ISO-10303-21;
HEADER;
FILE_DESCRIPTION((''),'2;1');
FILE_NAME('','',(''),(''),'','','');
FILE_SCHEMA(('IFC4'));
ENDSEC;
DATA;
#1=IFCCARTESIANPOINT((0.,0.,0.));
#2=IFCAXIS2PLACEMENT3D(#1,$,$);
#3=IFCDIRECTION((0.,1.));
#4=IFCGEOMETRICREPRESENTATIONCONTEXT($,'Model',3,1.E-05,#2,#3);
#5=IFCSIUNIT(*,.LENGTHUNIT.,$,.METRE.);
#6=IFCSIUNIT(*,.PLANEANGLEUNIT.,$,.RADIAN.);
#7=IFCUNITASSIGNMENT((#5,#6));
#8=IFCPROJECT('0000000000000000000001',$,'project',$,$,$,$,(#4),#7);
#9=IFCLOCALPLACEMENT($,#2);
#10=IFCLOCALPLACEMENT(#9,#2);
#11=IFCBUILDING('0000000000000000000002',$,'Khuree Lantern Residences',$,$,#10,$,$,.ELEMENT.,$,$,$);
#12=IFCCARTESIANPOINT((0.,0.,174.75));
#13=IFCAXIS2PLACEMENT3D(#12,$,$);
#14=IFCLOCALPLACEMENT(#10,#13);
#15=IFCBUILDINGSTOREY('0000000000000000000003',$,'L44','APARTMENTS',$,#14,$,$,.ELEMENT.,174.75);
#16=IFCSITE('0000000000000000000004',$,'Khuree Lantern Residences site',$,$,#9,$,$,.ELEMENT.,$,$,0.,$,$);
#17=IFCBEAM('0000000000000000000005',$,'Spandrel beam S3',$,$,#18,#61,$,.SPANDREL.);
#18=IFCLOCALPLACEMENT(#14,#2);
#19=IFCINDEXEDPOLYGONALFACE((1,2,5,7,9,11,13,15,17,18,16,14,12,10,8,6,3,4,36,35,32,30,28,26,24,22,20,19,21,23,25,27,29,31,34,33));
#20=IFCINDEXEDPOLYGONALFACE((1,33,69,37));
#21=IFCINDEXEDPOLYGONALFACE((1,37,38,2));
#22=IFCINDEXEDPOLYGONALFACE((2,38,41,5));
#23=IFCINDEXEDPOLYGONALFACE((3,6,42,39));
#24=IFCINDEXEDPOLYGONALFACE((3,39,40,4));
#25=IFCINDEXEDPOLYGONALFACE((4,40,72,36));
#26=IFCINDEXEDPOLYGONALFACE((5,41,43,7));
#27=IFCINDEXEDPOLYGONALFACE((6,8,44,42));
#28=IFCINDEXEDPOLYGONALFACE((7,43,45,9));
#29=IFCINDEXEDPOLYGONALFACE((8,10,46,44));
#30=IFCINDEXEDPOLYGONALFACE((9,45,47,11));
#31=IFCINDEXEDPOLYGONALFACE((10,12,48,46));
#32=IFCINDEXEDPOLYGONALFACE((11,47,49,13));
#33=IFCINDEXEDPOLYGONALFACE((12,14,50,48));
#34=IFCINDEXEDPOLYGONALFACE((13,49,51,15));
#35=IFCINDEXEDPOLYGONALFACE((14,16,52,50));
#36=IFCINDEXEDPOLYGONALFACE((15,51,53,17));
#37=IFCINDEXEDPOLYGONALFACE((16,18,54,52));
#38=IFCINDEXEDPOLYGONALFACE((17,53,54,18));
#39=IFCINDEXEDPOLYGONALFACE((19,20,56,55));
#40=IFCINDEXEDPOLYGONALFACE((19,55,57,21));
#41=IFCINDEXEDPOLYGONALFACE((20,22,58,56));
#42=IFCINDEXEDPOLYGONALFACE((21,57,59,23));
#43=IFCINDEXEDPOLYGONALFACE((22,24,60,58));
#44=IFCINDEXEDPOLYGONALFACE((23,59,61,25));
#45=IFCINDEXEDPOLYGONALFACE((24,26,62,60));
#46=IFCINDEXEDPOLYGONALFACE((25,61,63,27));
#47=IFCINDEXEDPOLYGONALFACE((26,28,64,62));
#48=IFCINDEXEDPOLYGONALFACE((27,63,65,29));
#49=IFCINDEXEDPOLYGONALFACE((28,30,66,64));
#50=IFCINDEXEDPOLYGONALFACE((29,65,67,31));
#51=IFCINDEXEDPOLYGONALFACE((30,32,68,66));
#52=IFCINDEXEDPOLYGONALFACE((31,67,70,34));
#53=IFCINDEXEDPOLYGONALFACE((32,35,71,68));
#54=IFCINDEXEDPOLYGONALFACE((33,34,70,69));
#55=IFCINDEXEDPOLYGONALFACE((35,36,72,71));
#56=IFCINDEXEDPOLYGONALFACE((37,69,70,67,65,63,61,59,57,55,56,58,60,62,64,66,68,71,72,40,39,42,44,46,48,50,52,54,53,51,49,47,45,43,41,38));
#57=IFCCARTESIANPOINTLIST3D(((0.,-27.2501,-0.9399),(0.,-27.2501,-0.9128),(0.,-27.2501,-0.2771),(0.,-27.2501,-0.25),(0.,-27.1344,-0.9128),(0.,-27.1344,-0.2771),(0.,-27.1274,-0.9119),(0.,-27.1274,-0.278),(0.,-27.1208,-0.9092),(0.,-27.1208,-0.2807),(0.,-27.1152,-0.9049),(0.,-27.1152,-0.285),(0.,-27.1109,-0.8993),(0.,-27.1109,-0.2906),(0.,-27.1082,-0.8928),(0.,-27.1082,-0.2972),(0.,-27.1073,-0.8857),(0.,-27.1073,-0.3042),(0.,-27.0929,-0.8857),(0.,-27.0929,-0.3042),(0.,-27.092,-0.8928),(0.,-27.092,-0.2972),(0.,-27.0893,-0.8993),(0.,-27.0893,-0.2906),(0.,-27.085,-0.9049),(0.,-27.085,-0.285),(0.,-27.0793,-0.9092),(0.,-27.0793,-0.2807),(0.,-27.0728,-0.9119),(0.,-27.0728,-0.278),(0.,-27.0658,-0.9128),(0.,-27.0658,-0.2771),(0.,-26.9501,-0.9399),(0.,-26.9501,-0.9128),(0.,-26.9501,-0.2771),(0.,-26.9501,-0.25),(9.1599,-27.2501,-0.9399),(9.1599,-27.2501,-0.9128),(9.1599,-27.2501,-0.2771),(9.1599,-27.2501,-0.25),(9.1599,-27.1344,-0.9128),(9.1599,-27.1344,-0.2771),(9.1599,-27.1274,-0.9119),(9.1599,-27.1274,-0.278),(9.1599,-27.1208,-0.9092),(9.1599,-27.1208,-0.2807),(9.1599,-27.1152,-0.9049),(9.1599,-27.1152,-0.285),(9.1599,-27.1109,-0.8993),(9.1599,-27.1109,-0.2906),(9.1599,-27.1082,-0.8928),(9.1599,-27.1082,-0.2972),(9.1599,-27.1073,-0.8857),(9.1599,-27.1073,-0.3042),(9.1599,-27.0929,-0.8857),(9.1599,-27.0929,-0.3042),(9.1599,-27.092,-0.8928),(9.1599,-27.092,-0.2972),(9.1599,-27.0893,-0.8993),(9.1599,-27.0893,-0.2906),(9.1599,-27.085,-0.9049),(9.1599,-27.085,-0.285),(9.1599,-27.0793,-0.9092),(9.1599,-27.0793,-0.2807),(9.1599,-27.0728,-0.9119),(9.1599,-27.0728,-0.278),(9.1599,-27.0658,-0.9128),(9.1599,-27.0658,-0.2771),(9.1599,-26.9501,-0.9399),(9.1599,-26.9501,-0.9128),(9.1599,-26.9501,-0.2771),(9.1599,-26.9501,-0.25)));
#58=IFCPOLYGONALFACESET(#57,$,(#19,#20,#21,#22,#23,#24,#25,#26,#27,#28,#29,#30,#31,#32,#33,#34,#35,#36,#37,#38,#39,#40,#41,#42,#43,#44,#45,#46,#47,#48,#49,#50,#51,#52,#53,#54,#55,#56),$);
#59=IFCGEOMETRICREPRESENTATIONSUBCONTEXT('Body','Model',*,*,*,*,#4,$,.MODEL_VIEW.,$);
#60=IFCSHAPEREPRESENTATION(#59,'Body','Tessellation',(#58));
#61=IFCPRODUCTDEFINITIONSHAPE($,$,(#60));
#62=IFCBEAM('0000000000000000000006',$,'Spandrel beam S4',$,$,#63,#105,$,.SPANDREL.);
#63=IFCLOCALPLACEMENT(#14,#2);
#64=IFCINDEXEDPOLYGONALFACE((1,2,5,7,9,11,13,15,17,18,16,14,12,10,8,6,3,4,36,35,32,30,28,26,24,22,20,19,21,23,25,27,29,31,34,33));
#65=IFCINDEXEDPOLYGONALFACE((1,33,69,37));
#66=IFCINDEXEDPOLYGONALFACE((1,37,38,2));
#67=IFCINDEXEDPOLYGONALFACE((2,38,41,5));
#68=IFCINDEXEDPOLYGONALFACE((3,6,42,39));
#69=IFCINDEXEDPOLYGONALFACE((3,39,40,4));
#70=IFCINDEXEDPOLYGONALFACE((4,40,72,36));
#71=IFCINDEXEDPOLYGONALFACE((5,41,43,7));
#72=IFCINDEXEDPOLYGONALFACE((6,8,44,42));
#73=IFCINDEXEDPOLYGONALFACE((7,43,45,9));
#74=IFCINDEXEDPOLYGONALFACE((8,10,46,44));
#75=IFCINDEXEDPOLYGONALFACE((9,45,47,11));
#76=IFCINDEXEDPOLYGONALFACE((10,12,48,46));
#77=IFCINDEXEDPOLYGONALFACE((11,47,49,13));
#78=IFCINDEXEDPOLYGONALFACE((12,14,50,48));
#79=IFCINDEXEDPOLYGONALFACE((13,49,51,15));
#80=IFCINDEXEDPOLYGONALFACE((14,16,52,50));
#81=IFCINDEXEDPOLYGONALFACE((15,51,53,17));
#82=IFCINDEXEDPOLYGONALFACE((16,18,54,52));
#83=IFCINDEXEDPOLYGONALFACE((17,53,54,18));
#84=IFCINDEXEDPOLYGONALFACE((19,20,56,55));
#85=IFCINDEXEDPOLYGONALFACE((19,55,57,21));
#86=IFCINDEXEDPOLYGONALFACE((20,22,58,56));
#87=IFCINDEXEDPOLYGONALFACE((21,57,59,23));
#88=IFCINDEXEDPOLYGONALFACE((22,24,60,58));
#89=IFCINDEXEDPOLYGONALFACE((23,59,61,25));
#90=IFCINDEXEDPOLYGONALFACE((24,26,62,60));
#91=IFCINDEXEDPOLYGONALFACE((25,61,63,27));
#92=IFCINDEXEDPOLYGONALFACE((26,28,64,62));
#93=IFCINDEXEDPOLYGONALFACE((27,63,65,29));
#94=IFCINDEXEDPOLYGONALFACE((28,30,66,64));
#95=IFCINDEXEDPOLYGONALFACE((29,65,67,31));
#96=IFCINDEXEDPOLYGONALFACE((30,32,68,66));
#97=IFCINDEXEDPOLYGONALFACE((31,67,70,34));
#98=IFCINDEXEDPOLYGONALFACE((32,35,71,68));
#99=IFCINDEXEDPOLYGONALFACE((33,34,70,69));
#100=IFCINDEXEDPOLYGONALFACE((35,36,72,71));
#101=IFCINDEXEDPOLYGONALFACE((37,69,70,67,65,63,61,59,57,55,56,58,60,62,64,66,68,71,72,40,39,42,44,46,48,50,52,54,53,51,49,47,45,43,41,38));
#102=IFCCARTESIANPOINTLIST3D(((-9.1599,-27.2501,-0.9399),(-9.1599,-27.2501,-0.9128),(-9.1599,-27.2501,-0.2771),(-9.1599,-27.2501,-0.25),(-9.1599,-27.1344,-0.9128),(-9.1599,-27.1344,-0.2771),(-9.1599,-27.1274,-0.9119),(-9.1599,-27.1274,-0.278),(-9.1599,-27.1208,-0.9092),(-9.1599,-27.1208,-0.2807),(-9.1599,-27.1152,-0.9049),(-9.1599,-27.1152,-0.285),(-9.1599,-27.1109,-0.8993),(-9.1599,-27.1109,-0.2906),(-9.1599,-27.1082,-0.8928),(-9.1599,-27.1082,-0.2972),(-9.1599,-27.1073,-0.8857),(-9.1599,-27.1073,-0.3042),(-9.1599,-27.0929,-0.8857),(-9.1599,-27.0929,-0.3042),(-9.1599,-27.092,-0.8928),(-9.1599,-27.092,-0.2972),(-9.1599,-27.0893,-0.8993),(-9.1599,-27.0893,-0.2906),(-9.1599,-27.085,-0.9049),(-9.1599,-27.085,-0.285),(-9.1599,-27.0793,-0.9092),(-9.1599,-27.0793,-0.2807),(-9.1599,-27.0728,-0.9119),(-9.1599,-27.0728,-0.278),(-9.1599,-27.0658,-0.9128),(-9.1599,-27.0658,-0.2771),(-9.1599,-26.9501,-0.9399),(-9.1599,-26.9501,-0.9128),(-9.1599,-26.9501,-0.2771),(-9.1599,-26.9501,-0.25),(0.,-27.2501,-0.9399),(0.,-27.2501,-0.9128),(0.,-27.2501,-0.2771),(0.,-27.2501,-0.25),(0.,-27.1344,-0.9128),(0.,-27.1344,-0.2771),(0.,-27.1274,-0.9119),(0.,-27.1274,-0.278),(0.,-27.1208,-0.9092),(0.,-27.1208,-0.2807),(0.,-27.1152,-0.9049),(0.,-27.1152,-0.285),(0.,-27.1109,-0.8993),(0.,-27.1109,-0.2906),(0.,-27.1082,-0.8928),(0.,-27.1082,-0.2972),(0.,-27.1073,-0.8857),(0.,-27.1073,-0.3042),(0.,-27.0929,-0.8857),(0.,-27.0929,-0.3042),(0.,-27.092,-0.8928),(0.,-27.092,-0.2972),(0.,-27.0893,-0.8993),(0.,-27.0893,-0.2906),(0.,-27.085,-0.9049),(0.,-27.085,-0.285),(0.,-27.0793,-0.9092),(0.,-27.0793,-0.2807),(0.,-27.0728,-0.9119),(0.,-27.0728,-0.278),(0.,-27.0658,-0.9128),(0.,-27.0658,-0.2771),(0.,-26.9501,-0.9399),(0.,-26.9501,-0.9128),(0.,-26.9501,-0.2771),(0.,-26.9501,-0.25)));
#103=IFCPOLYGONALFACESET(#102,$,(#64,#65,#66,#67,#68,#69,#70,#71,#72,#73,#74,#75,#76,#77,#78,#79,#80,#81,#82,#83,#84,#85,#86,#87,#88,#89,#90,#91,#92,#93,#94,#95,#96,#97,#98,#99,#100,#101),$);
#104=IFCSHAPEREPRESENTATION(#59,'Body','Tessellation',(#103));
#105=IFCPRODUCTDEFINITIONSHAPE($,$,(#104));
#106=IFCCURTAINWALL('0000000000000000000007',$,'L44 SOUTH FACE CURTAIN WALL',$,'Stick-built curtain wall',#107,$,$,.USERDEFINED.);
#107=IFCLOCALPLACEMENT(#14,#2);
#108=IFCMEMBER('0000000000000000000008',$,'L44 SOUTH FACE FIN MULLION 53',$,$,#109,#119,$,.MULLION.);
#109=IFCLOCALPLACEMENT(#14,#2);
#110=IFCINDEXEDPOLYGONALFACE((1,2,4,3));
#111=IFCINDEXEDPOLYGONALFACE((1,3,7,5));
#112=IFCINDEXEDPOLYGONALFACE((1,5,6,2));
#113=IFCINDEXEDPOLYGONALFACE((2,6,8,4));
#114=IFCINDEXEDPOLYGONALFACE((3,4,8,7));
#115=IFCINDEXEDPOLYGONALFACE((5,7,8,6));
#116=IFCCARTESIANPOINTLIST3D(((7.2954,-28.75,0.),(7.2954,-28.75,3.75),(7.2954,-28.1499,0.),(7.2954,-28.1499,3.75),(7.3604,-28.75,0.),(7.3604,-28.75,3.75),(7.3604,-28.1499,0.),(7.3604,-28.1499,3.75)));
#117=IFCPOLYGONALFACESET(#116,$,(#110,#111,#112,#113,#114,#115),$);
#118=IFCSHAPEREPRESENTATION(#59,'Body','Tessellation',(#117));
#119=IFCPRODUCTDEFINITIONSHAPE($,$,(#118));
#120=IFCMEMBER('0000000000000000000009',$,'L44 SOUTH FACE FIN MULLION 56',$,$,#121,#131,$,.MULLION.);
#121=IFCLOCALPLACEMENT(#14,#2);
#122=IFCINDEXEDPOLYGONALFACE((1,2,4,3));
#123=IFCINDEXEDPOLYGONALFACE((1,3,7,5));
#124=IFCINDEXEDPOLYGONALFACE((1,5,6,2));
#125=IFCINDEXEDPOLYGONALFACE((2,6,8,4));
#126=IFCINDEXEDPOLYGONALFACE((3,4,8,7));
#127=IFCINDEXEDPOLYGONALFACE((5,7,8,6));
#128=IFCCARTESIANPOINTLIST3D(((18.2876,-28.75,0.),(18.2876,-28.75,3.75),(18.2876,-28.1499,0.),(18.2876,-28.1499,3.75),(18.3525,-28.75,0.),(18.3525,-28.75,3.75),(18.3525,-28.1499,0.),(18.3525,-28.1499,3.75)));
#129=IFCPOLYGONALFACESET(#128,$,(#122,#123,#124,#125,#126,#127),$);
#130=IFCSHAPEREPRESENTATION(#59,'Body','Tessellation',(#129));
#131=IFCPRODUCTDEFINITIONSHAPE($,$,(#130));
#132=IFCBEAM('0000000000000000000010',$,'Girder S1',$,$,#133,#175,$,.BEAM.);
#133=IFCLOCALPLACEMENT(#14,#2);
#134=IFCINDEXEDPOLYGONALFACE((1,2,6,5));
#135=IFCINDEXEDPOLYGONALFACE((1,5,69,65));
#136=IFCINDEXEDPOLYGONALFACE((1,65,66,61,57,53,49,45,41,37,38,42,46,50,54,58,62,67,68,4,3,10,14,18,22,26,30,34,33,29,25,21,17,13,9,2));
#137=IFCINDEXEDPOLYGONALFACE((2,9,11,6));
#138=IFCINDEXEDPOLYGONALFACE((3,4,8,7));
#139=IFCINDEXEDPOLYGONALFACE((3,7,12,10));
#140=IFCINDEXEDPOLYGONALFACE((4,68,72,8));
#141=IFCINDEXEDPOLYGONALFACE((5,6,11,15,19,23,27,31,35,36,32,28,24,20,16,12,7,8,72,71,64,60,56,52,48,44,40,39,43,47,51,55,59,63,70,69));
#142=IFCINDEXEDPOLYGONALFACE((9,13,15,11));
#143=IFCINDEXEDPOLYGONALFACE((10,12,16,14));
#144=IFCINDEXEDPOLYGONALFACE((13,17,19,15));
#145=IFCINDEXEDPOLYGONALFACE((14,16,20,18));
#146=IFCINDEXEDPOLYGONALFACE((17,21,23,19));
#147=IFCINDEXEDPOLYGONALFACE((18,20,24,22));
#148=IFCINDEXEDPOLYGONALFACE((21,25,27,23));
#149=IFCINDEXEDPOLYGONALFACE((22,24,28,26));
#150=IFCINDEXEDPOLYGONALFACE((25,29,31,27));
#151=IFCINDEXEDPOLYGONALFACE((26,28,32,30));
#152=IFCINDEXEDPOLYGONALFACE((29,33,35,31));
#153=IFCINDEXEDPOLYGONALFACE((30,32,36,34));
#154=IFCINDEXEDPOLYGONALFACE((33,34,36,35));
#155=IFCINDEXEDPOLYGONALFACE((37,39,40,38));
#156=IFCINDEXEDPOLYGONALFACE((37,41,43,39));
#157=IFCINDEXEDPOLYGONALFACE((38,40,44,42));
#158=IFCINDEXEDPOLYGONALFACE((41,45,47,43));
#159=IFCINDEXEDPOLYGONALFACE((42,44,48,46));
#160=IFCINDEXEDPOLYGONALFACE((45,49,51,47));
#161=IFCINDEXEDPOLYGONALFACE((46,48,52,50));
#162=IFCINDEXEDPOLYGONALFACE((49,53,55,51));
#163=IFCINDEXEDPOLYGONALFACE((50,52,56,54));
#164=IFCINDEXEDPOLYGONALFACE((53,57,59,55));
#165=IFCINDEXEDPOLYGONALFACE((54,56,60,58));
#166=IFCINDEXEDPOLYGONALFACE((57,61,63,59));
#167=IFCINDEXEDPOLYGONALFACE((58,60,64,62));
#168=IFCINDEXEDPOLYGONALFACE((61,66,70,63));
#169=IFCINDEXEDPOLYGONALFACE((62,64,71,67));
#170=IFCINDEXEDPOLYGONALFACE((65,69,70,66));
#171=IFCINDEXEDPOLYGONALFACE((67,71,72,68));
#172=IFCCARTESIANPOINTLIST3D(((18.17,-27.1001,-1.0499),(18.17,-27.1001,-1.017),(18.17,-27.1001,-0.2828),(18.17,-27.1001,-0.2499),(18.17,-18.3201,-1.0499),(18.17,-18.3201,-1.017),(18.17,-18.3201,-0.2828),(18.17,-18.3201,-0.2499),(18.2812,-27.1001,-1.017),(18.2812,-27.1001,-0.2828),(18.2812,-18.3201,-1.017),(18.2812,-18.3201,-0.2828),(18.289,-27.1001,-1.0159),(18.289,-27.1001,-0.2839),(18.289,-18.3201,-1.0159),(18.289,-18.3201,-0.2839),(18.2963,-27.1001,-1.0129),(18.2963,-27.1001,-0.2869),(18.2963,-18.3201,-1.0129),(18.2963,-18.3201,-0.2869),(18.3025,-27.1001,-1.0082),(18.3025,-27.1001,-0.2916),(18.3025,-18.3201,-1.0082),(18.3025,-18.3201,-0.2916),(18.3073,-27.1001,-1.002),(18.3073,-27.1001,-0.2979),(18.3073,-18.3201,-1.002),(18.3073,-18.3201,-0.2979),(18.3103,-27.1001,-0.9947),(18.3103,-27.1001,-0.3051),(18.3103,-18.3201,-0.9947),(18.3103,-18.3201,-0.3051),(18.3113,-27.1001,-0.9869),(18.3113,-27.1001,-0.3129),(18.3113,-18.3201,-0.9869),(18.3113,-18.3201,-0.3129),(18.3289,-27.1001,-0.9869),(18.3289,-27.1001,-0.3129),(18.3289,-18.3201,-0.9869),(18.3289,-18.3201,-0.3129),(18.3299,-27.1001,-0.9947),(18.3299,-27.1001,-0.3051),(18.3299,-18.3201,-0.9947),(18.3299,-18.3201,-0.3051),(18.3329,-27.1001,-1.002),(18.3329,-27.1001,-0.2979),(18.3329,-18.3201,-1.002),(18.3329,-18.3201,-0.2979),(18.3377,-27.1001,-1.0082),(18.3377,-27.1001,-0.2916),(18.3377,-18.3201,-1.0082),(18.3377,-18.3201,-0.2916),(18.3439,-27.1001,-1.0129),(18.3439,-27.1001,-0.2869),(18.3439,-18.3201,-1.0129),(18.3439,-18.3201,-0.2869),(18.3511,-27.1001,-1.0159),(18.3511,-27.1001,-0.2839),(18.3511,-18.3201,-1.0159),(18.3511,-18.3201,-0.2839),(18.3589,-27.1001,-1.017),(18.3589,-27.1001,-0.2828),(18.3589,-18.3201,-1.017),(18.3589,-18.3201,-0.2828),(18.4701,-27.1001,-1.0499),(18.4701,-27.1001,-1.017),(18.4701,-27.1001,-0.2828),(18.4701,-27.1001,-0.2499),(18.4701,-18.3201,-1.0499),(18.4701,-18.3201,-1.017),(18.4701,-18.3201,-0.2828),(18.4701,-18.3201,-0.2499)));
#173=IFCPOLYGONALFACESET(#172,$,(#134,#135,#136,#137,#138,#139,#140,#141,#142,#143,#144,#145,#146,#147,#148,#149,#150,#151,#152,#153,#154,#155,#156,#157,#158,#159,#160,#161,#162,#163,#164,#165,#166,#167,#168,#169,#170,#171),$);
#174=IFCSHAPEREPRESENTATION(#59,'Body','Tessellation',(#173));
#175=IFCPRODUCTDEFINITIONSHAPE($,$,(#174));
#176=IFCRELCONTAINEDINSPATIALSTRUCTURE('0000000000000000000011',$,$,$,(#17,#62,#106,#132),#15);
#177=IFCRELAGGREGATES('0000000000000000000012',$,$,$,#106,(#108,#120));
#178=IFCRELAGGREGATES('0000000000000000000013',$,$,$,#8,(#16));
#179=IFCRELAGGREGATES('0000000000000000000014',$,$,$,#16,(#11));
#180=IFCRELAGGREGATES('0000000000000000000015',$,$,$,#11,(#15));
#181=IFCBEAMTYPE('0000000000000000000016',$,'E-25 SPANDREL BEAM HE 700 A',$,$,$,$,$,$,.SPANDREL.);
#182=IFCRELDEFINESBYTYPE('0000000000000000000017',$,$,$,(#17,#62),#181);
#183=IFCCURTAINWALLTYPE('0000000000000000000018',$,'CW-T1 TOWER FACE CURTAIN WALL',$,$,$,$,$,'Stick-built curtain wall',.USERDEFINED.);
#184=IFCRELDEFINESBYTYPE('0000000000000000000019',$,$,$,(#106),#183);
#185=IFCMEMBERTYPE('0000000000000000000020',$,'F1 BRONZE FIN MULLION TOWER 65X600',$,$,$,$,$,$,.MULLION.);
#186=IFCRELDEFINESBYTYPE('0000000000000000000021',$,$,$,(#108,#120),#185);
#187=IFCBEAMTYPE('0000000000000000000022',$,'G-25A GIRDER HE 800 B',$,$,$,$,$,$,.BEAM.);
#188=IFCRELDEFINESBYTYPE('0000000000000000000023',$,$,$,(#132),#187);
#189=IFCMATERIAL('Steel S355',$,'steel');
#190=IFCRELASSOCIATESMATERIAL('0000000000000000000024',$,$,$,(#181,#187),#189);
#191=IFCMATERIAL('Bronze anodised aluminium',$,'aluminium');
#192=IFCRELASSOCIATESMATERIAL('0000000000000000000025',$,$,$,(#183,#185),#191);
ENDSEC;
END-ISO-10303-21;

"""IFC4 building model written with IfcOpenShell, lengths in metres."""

from ifc_helpers import new_model, si_unit, direction, frame, origin, origin_2d, place, context, subcontext, project, spatial, rectangle, i_section, extrude, material, material_profile, profile_set, type_object, element, aggregate, save


model = new_model("IFC4")

# Units and contexts
model_context = context("Model", 3, precision=1e-05, world=origin(), true_north=direction((0.0, 1.0)))
body_context = subcontext(model_context, "Body", "Model", "MODEL_VIEW")
ifc_project = project(units=[si_unit("LENGTHUNIT", "METRE"), si_unit("PLANEANGLEUNIT", "RADIAN")], contexts=[model_context])

# Site, building, storey
site_placement = place(None, origin())
site = spatial("IfcSite", under=ifc_project, at=site_placement, Name="Khuree Lantern Residences site", CompositionType="ELEMENT", RefElevation=0.0)
building_placement = place(site_placement, origin())
building = spatial("IfcBuilding", under=site, at=building_placement, Name="Khuree Lantern Residences", CompositionType="ELEMENT")
storey_placement = place(building_placement, frame((0.0, 0.0, 174.75)))
storey = spatial("IfcBuildingStorey", under=building, at=storey_placement, Name="L44", Description="APARTMENTS", CompositionType="ELEMENT", Elevation=174.75)

# Beams
ifc_material_1 = material(Name="Steel S355", Category="steel")
ifc_material_profile_1 = material_profile(ifc_material_1, i_section(OverallWidth=0.3, OverallDepth=0.6899, WebThickness=0.0144, FlangeThickness=0.0271, FilletRadius=0.0271, at=origin_2d()), Name="HE 700 A")
ifc_profile_set_1 = profile_set([ifc_material_profile_1], Name="Steel S355")
beam_type_1 = type_object("IfcBeamType", Name="E-25 SPANDREL BEAM HE 700 A", PredefinedType="SPANDREL", material=ifc_profile_set_1)
for number, where, z_axis, x_axis, name in (
    (1, (9.1599, -27.1001, -0.595), (-1.0, 0.0, 0.0), (0.0, -1.0, 0.0), "Spandrel beam S3"),
    (2, (0.0, -27.1001, -0.595), (-1.0, 0.0, 0.0), (0.0, -1.0, 0.0), "Spandrel beam S4"),
):
    element("IfcBeam", number, at=place(storey_placement, frame(where, z_axis=z_axis, x_axis=x_axis)), inside=storey, type_object=beam_type_1, Name=name, PredefinedType="SPANDREL", context=body_context, shape_type="SweptSolid", body=[
        extrude(i_section(OverallWidth=0.3, OverallDepth=0.6899, WebThickness=0.0144, FlangeThickness=0.0271, FilletRadius=0.0271, at=origin_2d()), origin(), (0.0, 0.0, 1.0), 9.1599),
    ])

# Curtain wall, members
ifc_material_2 = material(Name="Bronze anodised aluminium", Category="aluminium")
curtain_wall_type = type_object("IfcCurtainWallType", Name="CW-T1 TOWER FACE CURTAIN WALL", ElementType="Stick-built curtain wall", PredefinedType="USERDEFINED", material=ifc_material_2)
curtain_wall_placement = place(storey_placement, origin())
curtain_wall = element("IfcCurtainWall", 3, at=curtain_wall_placement, inside=storey, type_object=curtain_wall_type, Name="L44 SOUTH FACE CURTAIN WALL", ObjectType="Stick-built curtain wall", PredefinedType="USERDEFINED")
ifc_material_profile_2 = material_profile(ifc_material_2, rectangle(XDim=0.0649, YDim=0.6001, at=origin_2d()), Name="F1 65X600")
ifc_profile_set_2 = profile_set([ifc_material_profile_2], Name="Bronze anodised aluminium")
member_type_1 = type_object("IfcMemberType", Name="F1 BRONZE FIN MULLION TOWER 65X600", PredefinedType="MULLION", material=ifc_profile_set_2)
member_1_placement = place(storey_placement, frame((7.3279, -28.45, 0.0), z_axis=(0.0, 0.0, 1.0), x_axis=(1.0, 0.0, 0.0)))
member_1 = element("IfcMember", 4, at=member_1_placement, type_object=member_type_1, Name="L44 SOUTH FACE FIN MULLION 53", PredefinedType="MULLION", context=body_context, shape_type="SweptSolid", body=[
    extrude(rectangle(XDim=0.0649, YDim=0.6001, at=origin_2d()), origin(), (0.0, 0.0, 1.0), 3.75),
])
member_2_placement = place(storey_placement, frame((18.3201, -28.45, 0.0), z_axis=(0.0, 0.0, 1.0), x_axis=(1.0, 0.0, 0.0)))
member_2 = element("IfcMember", 5, at=member_2_placement, type_object=member_type_1, Name="L44 SOUTH FACE FIN MULLION 56", PredefinedType="MULLION", context=body_context, shape_type="SweptSolid", body=[
    extrude(rectangle(XDim=0.0649, YDim=0.6001, at=origin_2d()), origin(), (0.0, 0.0, 1.0), 3.75),
])

# Beam
ifc_material_profile_3 = material_profile(ifc_material_1, i_section(OverallWidth=0.3, OverallDepth=0.8, WebThickness=0.0176, FlangeThickness=0.033, FilletRadius=0.03, at=origin_2d()), Name="HE 800 B")
ifc_profile_set_3 = profile_set([ifc_material_profile_3], Name="Steel S355")
beam_type_2 = type_object("IfcBeamType", Name="G-25A GIRDER HE 800 B", PredefinedType="BEAM", material=ifc_profile_set_3)
beam_1_placement = place(storey_placement, frame((18.3201, -27.1001, -0.6499), z_axis=(0.0, 1.0, 0.0), x_axis=(-1.0, 0.0, 0.0)))
element("IfcBeam", 6, at=beam_1_placement, inside=storey, type_object=beam_type_2, Name="Girder S1", PredefinedType="BEAM", context=body_context, shape_type="SweptSolid", body=[
    extrude(i_section(OverallWidth=0.3, OverallDepth=0.8, WebThickness=0.0176, FlangeThickness=0.033, FilletRadius=0.03, at=origin_2d()), origin(), (0.0, 0.0, 1.0), 8.78),
])

aggregate(curtain_wall, [member_1, member_2])

save(model, "model.ifc")
